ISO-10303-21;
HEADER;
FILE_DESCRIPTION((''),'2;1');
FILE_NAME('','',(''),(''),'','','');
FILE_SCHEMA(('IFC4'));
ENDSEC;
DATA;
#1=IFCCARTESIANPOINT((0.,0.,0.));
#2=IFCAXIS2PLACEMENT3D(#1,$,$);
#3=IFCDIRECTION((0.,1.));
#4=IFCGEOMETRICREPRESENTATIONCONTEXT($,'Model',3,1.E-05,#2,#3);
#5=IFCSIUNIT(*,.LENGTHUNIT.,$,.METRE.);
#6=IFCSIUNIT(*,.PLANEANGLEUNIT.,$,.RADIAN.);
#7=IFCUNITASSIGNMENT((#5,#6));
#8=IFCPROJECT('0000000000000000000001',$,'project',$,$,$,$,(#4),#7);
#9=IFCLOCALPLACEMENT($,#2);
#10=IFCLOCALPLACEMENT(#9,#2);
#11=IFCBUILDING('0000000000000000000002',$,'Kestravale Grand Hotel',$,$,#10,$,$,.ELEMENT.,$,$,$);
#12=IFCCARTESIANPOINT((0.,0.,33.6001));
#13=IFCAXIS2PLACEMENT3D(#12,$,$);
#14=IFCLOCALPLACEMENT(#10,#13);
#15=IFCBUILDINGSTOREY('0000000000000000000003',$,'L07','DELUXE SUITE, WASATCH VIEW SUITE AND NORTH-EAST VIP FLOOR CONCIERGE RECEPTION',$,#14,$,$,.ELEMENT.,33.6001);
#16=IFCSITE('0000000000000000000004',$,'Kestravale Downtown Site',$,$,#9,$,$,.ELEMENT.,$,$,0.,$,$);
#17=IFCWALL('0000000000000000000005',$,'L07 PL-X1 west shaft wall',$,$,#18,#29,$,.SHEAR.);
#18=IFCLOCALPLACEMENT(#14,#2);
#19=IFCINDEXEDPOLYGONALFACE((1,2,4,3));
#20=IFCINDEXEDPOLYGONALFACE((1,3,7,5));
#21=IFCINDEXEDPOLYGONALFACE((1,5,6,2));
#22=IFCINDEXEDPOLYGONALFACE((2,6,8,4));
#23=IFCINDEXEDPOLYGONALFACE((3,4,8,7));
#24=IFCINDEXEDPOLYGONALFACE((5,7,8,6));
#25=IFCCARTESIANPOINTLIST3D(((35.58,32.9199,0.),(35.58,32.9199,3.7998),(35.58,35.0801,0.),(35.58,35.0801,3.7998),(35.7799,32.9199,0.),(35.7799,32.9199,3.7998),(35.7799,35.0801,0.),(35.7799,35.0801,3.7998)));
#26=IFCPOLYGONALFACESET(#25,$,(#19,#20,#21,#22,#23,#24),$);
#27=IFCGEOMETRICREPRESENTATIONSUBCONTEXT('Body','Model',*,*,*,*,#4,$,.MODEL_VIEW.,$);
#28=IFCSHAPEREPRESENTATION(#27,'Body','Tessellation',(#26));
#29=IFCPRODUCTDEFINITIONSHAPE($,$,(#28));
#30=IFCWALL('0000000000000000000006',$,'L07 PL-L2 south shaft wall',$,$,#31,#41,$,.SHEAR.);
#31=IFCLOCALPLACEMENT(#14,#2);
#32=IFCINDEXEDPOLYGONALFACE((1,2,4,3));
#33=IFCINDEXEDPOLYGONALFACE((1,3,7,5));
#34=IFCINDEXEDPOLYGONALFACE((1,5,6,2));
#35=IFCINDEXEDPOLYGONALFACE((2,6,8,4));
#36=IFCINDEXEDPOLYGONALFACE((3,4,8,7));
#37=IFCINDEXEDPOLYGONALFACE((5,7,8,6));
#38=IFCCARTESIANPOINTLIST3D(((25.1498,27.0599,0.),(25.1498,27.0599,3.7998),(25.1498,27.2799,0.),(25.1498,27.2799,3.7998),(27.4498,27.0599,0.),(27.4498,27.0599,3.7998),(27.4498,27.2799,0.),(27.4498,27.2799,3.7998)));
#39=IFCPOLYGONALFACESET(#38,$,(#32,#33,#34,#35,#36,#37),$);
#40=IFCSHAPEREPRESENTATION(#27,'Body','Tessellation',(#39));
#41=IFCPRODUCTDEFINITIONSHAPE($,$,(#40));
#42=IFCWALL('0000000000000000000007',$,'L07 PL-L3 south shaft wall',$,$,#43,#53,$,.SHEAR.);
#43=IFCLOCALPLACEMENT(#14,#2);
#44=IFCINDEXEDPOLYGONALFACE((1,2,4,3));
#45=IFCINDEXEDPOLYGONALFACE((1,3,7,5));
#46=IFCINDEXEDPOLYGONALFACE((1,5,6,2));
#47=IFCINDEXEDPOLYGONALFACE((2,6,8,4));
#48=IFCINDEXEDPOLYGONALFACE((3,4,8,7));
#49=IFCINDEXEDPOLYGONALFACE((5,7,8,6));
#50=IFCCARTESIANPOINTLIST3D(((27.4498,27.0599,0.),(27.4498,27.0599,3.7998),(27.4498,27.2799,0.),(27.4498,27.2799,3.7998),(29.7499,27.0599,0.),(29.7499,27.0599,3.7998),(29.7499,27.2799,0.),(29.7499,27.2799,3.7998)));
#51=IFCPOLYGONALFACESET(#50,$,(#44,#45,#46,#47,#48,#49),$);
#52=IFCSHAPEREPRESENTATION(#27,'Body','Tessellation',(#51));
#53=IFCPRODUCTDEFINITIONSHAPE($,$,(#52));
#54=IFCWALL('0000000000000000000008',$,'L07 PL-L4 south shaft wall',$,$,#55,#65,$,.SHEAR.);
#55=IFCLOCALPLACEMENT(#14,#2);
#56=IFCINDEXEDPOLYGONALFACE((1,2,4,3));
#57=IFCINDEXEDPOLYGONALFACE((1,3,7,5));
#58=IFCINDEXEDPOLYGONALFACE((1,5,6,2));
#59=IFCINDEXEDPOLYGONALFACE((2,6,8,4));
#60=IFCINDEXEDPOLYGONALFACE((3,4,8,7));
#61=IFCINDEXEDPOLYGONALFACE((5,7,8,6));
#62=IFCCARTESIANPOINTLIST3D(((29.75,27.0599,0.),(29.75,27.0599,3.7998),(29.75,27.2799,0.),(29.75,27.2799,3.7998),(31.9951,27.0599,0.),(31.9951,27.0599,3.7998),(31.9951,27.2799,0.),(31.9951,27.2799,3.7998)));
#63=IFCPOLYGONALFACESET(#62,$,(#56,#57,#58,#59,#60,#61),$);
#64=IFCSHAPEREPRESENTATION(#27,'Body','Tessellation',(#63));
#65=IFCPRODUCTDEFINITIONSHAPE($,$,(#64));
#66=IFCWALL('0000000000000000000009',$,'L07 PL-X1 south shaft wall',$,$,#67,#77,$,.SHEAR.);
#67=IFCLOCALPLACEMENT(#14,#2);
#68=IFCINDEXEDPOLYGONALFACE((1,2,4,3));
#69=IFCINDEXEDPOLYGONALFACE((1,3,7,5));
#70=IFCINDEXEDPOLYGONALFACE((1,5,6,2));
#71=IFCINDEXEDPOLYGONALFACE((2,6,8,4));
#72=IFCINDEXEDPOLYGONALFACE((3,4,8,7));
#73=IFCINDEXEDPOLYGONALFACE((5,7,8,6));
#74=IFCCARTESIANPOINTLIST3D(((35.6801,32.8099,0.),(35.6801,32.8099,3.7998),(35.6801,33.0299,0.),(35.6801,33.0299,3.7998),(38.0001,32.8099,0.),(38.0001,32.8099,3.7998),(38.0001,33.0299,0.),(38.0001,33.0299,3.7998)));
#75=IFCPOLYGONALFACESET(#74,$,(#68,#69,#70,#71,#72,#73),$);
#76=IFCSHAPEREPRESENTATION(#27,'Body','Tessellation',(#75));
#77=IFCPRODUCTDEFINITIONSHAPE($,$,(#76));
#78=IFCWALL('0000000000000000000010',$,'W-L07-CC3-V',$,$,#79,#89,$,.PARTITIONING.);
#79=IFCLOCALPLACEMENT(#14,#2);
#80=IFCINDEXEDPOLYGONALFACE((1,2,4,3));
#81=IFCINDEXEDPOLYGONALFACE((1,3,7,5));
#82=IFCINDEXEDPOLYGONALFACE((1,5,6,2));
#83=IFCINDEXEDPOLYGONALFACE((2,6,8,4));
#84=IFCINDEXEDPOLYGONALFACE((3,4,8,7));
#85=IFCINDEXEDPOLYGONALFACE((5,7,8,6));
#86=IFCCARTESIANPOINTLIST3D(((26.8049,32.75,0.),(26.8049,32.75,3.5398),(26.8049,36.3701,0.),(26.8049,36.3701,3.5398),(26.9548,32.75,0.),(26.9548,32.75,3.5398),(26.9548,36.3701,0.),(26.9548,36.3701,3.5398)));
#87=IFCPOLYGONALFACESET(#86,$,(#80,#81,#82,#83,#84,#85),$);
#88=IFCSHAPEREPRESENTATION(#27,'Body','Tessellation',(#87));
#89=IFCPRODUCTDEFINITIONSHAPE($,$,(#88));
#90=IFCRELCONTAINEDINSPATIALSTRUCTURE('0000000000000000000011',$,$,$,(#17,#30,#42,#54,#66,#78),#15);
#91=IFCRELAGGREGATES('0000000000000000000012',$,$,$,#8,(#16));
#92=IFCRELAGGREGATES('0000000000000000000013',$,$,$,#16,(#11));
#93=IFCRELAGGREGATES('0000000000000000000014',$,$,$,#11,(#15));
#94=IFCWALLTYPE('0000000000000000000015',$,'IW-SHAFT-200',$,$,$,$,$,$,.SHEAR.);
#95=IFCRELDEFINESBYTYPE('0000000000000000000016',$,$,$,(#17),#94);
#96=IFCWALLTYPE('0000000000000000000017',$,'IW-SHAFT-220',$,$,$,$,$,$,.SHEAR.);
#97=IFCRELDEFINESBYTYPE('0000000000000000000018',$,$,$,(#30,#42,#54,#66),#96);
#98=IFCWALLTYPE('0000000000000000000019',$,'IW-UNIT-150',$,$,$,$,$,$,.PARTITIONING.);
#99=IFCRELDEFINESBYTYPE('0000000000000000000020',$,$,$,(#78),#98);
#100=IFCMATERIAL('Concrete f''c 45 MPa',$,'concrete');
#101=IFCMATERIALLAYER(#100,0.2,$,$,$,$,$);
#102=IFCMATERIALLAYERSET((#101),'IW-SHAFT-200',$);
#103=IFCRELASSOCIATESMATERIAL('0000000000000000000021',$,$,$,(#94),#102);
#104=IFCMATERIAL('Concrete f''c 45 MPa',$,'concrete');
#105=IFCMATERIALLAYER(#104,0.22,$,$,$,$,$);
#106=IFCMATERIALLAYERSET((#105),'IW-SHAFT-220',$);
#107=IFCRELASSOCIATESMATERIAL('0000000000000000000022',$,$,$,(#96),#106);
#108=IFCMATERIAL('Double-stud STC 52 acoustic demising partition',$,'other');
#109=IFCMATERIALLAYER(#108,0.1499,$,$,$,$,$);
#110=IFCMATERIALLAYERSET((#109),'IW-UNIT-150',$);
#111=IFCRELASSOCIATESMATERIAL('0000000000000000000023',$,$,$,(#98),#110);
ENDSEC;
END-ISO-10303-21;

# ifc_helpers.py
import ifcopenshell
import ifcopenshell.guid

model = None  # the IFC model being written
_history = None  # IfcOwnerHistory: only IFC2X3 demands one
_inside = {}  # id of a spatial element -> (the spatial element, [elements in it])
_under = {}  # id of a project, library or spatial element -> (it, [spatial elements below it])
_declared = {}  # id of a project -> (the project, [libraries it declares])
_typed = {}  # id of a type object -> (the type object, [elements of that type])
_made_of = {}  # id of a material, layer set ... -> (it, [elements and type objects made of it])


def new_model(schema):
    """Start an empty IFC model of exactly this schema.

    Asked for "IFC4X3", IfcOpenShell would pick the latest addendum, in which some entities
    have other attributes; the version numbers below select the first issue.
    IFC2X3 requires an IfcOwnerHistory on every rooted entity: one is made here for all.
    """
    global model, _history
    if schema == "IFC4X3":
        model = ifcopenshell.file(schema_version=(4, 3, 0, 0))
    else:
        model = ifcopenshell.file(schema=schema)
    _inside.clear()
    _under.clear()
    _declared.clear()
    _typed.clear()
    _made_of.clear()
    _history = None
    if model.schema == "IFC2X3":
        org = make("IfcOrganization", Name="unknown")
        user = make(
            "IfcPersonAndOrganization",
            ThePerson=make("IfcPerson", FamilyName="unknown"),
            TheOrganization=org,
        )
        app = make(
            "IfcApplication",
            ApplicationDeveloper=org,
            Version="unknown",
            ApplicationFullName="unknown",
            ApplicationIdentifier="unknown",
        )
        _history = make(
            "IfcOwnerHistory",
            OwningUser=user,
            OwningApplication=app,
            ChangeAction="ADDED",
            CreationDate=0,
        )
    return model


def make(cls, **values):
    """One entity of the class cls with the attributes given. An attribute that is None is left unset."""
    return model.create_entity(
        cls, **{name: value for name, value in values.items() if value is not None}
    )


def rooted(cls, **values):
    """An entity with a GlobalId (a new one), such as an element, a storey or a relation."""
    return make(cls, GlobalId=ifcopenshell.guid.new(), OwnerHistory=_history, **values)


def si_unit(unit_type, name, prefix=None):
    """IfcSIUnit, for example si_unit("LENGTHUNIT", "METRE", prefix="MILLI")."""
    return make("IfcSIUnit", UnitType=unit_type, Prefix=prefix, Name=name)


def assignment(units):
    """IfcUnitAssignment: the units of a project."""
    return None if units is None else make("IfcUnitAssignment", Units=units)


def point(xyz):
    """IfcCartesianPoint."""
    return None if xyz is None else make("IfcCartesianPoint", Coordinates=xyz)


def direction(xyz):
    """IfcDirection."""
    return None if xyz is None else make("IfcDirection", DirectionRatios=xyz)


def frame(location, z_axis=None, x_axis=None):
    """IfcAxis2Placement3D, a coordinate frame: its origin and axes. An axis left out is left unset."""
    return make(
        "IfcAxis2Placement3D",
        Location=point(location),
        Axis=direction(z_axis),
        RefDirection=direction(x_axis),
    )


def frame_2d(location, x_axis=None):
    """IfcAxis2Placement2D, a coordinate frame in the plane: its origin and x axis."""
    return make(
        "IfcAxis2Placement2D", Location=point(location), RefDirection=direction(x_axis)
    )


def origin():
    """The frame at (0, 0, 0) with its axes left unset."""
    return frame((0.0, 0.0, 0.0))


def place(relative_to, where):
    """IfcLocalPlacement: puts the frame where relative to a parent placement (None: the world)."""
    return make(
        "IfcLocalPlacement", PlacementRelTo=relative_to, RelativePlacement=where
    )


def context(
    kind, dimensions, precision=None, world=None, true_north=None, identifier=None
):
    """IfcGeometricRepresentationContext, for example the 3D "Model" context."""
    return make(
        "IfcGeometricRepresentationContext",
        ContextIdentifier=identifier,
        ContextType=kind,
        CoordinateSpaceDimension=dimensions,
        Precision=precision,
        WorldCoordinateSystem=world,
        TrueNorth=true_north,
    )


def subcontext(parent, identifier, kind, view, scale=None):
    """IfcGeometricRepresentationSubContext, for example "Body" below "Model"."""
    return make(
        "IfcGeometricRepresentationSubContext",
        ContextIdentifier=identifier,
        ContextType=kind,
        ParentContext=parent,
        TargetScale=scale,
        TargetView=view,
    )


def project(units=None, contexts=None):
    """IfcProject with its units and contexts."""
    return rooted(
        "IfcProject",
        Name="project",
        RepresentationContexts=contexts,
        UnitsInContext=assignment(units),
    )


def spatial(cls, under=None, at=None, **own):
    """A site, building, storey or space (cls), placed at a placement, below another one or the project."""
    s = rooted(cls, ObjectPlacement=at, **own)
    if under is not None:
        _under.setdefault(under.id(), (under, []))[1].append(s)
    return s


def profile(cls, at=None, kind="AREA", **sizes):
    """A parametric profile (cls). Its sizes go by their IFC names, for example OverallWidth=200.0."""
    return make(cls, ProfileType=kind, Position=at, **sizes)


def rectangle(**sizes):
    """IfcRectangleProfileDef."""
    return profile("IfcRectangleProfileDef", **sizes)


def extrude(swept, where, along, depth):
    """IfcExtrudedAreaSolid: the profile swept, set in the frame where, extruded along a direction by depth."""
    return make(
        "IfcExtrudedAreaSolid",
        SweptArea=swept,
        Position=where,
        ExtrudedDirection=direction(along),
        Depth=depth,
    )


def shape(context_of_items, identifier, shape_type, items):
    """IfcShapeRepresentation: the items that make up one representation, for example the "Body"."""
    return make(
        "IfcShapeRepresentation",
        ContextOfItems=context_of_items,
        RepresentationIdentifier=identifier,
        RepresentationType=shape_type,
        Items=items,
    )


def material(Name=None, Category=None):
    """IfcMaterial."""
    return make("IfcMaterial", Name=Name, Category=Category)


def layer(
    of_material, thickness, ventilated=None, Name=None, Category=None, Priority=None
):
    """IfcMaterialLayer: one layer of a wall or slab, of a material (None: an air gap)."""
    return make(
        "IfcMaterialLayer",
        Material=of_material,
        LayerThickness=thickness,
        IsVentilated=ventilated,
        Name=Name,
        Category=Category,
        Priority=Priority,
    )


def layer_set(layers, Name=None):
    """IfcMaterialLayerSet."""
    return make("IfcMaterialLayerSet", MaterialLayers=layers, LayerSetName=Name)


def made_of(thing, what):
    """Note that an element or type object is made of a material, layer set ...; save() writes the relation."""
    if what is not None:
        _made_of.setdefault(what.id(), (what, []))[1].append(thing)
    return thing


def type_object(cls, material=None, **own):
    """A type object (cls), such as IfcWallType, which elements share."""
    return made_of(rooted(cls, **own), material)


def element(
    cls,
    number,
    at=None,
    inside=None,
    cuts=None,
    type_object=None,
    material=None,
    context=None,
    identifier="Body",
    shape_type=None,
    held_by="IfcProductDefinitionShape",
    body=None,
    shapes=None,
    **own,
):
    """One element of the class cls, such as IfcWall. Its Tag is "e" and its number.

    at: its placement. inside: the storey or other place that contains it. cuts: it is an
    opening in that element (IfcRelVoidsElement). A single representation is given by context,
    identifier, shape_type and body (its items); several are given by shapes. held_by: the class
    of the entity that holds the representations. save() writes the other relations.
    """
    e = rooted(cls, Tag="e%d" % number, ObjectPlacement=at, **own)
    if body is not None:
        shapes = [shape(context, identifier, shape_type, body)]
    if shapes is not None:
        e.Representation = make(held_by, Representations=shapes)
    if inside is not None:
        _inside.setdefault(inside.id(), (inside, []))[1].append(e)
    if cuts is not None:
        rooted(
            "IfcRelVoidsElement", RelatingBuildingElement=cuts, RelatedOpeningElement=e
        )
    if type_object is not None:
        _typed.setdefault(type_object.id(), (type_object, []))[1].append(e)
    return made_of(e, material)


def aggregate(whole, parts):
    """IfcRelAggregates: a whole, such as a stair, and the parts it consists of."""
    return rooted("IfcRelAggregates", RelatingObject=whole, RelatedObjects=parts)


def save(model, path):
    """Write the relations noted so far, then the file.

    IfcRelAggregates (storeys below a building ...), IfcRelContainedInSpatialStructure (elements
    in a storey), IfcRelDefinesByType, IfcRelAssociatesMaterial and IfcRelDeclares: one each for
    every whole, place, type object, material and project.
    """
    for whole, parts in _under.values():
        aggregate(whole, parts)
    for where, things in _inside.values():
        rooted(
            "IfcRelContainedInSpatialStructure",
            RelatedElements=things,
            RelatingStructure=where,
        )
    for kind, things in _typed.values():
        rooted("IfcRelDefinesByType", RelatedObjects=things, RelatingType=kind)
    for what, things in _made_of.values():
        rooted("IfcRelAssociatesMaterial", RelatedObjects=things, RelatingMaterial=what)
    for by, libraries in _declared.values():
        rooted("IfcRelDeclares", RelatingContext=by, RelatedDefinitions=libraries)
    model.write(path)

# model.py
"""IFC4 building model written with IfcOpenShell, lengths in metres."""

from ifc_helpers import new_model, si_unit, direction, frame, frame_2d, origin, place, context, subcontext, project, spatial, rectangle, extrude, material, layer, layer_set, type_object, element, save


model = new_model("IFC4")

# Units and contexts
model_context = context("Model", 3, precision=1e-05, world=origin(), true_north=direction((0.0, 1.0)))
body_context = subcontext(model_context, "Body", "Model", "MODEL_VIEW")
ifc_project = project(units=[si_unit("LENGTHUNIT", "METRE"), si_unit("PLANEANGLEUNIT", "RADIAN")], contexts=[model_context])

# Site, building, storey
site_placement = place(None, origin())
site = spatial("IfcSite", under=ifc_project, at=site_placement, Name="Kestravale Downtown Site", CompositionType="ELEMENT", RefElevation=0.0)
building_placement = place(site_placement, origin())
building = spatial("IfcBuilding", under=site, at=building_placement, Name="Kestravale Grand Hotel", CompositionType="ELEMENT")
storey_placement = place(building_placement, frame((0.0, 0.0, 33.6001)))
storey = spatial("IfcBuildingStorey", under=building, at=storey_placement, Name="L07", Description="DELUXE SUITE, WASATCH VIEW SUITE AND NORTH-EAST VIP FLOOR CONCIERGE RECEPTION", CompositionType="ELEMENT", Elevation=33.6001)

# Wall
ifc_material_1 = material(Name="Concrete f'c 45 MPa", Category="concrete")
ifc_layer_1 = layer(ifc_material_1, 0.2)
ifc_layer_set_1 = layer_set([ifc_layer_1], Name="IW-SHAFT-200")
wall_type_1 = type_object("IfcWallType", Name="IW-SHAFT-200", PredefinedType="SHEAR", material=ifc_layer_set_1)
wall_1_placement = place(storey_placement, frame((35.6799, 32.9199, 0.0), z_axis=(0.0, 0.0, 1.0), x_axis=(0.0, 1.0, 0.0)))
element("IfcWall", 1, at=wall_1_placement, inside=storey, type_object=wall_type_1, Name="L07 PL-X1 west shaft wall", PredefinedType="SHEAR", context=body_context, shape_type="SweptSolid", body=[
    extrude(rectangle(XDim=2.1602, YDim=0.2, at=frame_2d((1.0801, 0.0))), origin(), (0.0, 0.0, 1.0), 3.7998),
])

# Shared definitions
ifc_material_2 = material(Name="Concrete f'c 45 MPa", Category="concrete")
ifc_layer_2 = layer(ifc_material_2, 0.22)
ifc_layer_set_2 = layer_set([ifc_layer_2], Name="IW-SHAFT-220")
wall_type_2 = type_object("IfcWallType", Name="IW-SHAFT-220", PredefinedType="SHEAR", material=ifc_layer_set_2)

# Wall
wall_2_placement = place(storey_placement, frame((25.1499, 27.1699, 0.0), z_axis=(0.0, 0.0, 1.0), x_axis=(1.0, 0.0, 0.0)))
element("IfcWall", 2, at=wall_2_placement, inside=storey, type_object=wall_type_2, Name="L07 PL-L2 south shaft wall", PredefinedType="SHEAR", context=body_context, shape_type="SweptSolid", body=[
    extrude(rectangle(XDim=2.3, YDim=0.22, at=frame_2d((1.1499, 0.0))), origin(), (0.0, 0.0, 1.0), 3.7998),
])

# Wall
wall_3_placement = place(storey_placement, frame((27.45, 27.1699, 0.0), z_axis=(0.0, 0.0, 1.0), x_axis=(1.0, 0.0, 0.0)))
element("IfcWall", 3, at=wall_3_placement, inside=storey, type_object=wall_type_2, Name="L07 PL-L3 south shaft wall", PredefinedType="SHEAR", context=body_context, shape_type="SweptSolid", body=[
    extrude(rectangle(XDim=2.3, YDim=0.22, at=frame_2d((1.1499, 0.0))), origin(), (0.0, 0.0, 1.0), 3.7998),
])

# Walls
wall_4_placement = place(storey_placement, frame((29.75, 27.1699, 0.0), z_axis=(0.0, 0.0, 1.0), x_axis=(1.0, 0.0, 0.0)))
element("IfcWall", 4, at=wall_4_placement, inside=storey, type_object=wall_type_2, Name="L07 PL-L4 south shaft wall", PredefinedType="SHEAR", context=body_context, shape_type="SweptSolid", body=[
    extrude(rectangle(XDim=2.2451, YDim=0.22, at=frame_2d((1.1226, 0.0))), origin(), (0.0, 0.0, 1.0), 3.7998),
])
wall_5_placement = place(storey_placement, frame((35.6799, 32.9199, 0.0), z_axis=(0.0, 0.0, 1.0), x_axis=(1.0, 0.0, 0.0)))
element("IfcWall", 5, at=wall_5_placement, inside=storey, type_object=wall_type_2, Name="L07 PL-X1 south shaft wall", PredefinedType="SHEAR", context=body_context, shape_type="SweptSolid", body=[
    extrude(rectangle(XDim=2.3201, YDim=0.22, at=frame_2d((1.1602, 0.0))), origin(), (0.0, 0.0, 1.0), 3.7998),
])
ifc_material_3 = material(Name="Double-stud STC 52 acoustic demising partition", Category="other")
ifc_layer_3 = layer(ifc_material_3, 0.1499)
ifc_layer_set_3 = layer_set([ifc_layer_3], Name="IW-UNIT-150")
wall_type_3 = type_object("IfcWallType", Name="IW-UNIT-150", PredefinedType="PARTITIONING", material=ifc_layer_set_3)
wall_6_placement = place(storey_placement, frame((26.8799, 32.75, 0.0), z_axis=(0.0, 0.0, 1.0), x_axis=(0.0, 1.0, 0.0)))
element("IfcWall", 6, at=wall_6_placement, inside=storey, type_object=wall_type_3, Name="W-L07-CC3-V", PredefinedType="PARTITIONING", context=body_context, shape_type="SweptSolid", body=[
    extrude(rectangle(XDim=3.6201, YDim=0.1499, at=frame_2d((1.8101, 0.0))), origin(), (0.0, 0.0, 1.0), 3.5398),
])

save(model, "model.ifc")
